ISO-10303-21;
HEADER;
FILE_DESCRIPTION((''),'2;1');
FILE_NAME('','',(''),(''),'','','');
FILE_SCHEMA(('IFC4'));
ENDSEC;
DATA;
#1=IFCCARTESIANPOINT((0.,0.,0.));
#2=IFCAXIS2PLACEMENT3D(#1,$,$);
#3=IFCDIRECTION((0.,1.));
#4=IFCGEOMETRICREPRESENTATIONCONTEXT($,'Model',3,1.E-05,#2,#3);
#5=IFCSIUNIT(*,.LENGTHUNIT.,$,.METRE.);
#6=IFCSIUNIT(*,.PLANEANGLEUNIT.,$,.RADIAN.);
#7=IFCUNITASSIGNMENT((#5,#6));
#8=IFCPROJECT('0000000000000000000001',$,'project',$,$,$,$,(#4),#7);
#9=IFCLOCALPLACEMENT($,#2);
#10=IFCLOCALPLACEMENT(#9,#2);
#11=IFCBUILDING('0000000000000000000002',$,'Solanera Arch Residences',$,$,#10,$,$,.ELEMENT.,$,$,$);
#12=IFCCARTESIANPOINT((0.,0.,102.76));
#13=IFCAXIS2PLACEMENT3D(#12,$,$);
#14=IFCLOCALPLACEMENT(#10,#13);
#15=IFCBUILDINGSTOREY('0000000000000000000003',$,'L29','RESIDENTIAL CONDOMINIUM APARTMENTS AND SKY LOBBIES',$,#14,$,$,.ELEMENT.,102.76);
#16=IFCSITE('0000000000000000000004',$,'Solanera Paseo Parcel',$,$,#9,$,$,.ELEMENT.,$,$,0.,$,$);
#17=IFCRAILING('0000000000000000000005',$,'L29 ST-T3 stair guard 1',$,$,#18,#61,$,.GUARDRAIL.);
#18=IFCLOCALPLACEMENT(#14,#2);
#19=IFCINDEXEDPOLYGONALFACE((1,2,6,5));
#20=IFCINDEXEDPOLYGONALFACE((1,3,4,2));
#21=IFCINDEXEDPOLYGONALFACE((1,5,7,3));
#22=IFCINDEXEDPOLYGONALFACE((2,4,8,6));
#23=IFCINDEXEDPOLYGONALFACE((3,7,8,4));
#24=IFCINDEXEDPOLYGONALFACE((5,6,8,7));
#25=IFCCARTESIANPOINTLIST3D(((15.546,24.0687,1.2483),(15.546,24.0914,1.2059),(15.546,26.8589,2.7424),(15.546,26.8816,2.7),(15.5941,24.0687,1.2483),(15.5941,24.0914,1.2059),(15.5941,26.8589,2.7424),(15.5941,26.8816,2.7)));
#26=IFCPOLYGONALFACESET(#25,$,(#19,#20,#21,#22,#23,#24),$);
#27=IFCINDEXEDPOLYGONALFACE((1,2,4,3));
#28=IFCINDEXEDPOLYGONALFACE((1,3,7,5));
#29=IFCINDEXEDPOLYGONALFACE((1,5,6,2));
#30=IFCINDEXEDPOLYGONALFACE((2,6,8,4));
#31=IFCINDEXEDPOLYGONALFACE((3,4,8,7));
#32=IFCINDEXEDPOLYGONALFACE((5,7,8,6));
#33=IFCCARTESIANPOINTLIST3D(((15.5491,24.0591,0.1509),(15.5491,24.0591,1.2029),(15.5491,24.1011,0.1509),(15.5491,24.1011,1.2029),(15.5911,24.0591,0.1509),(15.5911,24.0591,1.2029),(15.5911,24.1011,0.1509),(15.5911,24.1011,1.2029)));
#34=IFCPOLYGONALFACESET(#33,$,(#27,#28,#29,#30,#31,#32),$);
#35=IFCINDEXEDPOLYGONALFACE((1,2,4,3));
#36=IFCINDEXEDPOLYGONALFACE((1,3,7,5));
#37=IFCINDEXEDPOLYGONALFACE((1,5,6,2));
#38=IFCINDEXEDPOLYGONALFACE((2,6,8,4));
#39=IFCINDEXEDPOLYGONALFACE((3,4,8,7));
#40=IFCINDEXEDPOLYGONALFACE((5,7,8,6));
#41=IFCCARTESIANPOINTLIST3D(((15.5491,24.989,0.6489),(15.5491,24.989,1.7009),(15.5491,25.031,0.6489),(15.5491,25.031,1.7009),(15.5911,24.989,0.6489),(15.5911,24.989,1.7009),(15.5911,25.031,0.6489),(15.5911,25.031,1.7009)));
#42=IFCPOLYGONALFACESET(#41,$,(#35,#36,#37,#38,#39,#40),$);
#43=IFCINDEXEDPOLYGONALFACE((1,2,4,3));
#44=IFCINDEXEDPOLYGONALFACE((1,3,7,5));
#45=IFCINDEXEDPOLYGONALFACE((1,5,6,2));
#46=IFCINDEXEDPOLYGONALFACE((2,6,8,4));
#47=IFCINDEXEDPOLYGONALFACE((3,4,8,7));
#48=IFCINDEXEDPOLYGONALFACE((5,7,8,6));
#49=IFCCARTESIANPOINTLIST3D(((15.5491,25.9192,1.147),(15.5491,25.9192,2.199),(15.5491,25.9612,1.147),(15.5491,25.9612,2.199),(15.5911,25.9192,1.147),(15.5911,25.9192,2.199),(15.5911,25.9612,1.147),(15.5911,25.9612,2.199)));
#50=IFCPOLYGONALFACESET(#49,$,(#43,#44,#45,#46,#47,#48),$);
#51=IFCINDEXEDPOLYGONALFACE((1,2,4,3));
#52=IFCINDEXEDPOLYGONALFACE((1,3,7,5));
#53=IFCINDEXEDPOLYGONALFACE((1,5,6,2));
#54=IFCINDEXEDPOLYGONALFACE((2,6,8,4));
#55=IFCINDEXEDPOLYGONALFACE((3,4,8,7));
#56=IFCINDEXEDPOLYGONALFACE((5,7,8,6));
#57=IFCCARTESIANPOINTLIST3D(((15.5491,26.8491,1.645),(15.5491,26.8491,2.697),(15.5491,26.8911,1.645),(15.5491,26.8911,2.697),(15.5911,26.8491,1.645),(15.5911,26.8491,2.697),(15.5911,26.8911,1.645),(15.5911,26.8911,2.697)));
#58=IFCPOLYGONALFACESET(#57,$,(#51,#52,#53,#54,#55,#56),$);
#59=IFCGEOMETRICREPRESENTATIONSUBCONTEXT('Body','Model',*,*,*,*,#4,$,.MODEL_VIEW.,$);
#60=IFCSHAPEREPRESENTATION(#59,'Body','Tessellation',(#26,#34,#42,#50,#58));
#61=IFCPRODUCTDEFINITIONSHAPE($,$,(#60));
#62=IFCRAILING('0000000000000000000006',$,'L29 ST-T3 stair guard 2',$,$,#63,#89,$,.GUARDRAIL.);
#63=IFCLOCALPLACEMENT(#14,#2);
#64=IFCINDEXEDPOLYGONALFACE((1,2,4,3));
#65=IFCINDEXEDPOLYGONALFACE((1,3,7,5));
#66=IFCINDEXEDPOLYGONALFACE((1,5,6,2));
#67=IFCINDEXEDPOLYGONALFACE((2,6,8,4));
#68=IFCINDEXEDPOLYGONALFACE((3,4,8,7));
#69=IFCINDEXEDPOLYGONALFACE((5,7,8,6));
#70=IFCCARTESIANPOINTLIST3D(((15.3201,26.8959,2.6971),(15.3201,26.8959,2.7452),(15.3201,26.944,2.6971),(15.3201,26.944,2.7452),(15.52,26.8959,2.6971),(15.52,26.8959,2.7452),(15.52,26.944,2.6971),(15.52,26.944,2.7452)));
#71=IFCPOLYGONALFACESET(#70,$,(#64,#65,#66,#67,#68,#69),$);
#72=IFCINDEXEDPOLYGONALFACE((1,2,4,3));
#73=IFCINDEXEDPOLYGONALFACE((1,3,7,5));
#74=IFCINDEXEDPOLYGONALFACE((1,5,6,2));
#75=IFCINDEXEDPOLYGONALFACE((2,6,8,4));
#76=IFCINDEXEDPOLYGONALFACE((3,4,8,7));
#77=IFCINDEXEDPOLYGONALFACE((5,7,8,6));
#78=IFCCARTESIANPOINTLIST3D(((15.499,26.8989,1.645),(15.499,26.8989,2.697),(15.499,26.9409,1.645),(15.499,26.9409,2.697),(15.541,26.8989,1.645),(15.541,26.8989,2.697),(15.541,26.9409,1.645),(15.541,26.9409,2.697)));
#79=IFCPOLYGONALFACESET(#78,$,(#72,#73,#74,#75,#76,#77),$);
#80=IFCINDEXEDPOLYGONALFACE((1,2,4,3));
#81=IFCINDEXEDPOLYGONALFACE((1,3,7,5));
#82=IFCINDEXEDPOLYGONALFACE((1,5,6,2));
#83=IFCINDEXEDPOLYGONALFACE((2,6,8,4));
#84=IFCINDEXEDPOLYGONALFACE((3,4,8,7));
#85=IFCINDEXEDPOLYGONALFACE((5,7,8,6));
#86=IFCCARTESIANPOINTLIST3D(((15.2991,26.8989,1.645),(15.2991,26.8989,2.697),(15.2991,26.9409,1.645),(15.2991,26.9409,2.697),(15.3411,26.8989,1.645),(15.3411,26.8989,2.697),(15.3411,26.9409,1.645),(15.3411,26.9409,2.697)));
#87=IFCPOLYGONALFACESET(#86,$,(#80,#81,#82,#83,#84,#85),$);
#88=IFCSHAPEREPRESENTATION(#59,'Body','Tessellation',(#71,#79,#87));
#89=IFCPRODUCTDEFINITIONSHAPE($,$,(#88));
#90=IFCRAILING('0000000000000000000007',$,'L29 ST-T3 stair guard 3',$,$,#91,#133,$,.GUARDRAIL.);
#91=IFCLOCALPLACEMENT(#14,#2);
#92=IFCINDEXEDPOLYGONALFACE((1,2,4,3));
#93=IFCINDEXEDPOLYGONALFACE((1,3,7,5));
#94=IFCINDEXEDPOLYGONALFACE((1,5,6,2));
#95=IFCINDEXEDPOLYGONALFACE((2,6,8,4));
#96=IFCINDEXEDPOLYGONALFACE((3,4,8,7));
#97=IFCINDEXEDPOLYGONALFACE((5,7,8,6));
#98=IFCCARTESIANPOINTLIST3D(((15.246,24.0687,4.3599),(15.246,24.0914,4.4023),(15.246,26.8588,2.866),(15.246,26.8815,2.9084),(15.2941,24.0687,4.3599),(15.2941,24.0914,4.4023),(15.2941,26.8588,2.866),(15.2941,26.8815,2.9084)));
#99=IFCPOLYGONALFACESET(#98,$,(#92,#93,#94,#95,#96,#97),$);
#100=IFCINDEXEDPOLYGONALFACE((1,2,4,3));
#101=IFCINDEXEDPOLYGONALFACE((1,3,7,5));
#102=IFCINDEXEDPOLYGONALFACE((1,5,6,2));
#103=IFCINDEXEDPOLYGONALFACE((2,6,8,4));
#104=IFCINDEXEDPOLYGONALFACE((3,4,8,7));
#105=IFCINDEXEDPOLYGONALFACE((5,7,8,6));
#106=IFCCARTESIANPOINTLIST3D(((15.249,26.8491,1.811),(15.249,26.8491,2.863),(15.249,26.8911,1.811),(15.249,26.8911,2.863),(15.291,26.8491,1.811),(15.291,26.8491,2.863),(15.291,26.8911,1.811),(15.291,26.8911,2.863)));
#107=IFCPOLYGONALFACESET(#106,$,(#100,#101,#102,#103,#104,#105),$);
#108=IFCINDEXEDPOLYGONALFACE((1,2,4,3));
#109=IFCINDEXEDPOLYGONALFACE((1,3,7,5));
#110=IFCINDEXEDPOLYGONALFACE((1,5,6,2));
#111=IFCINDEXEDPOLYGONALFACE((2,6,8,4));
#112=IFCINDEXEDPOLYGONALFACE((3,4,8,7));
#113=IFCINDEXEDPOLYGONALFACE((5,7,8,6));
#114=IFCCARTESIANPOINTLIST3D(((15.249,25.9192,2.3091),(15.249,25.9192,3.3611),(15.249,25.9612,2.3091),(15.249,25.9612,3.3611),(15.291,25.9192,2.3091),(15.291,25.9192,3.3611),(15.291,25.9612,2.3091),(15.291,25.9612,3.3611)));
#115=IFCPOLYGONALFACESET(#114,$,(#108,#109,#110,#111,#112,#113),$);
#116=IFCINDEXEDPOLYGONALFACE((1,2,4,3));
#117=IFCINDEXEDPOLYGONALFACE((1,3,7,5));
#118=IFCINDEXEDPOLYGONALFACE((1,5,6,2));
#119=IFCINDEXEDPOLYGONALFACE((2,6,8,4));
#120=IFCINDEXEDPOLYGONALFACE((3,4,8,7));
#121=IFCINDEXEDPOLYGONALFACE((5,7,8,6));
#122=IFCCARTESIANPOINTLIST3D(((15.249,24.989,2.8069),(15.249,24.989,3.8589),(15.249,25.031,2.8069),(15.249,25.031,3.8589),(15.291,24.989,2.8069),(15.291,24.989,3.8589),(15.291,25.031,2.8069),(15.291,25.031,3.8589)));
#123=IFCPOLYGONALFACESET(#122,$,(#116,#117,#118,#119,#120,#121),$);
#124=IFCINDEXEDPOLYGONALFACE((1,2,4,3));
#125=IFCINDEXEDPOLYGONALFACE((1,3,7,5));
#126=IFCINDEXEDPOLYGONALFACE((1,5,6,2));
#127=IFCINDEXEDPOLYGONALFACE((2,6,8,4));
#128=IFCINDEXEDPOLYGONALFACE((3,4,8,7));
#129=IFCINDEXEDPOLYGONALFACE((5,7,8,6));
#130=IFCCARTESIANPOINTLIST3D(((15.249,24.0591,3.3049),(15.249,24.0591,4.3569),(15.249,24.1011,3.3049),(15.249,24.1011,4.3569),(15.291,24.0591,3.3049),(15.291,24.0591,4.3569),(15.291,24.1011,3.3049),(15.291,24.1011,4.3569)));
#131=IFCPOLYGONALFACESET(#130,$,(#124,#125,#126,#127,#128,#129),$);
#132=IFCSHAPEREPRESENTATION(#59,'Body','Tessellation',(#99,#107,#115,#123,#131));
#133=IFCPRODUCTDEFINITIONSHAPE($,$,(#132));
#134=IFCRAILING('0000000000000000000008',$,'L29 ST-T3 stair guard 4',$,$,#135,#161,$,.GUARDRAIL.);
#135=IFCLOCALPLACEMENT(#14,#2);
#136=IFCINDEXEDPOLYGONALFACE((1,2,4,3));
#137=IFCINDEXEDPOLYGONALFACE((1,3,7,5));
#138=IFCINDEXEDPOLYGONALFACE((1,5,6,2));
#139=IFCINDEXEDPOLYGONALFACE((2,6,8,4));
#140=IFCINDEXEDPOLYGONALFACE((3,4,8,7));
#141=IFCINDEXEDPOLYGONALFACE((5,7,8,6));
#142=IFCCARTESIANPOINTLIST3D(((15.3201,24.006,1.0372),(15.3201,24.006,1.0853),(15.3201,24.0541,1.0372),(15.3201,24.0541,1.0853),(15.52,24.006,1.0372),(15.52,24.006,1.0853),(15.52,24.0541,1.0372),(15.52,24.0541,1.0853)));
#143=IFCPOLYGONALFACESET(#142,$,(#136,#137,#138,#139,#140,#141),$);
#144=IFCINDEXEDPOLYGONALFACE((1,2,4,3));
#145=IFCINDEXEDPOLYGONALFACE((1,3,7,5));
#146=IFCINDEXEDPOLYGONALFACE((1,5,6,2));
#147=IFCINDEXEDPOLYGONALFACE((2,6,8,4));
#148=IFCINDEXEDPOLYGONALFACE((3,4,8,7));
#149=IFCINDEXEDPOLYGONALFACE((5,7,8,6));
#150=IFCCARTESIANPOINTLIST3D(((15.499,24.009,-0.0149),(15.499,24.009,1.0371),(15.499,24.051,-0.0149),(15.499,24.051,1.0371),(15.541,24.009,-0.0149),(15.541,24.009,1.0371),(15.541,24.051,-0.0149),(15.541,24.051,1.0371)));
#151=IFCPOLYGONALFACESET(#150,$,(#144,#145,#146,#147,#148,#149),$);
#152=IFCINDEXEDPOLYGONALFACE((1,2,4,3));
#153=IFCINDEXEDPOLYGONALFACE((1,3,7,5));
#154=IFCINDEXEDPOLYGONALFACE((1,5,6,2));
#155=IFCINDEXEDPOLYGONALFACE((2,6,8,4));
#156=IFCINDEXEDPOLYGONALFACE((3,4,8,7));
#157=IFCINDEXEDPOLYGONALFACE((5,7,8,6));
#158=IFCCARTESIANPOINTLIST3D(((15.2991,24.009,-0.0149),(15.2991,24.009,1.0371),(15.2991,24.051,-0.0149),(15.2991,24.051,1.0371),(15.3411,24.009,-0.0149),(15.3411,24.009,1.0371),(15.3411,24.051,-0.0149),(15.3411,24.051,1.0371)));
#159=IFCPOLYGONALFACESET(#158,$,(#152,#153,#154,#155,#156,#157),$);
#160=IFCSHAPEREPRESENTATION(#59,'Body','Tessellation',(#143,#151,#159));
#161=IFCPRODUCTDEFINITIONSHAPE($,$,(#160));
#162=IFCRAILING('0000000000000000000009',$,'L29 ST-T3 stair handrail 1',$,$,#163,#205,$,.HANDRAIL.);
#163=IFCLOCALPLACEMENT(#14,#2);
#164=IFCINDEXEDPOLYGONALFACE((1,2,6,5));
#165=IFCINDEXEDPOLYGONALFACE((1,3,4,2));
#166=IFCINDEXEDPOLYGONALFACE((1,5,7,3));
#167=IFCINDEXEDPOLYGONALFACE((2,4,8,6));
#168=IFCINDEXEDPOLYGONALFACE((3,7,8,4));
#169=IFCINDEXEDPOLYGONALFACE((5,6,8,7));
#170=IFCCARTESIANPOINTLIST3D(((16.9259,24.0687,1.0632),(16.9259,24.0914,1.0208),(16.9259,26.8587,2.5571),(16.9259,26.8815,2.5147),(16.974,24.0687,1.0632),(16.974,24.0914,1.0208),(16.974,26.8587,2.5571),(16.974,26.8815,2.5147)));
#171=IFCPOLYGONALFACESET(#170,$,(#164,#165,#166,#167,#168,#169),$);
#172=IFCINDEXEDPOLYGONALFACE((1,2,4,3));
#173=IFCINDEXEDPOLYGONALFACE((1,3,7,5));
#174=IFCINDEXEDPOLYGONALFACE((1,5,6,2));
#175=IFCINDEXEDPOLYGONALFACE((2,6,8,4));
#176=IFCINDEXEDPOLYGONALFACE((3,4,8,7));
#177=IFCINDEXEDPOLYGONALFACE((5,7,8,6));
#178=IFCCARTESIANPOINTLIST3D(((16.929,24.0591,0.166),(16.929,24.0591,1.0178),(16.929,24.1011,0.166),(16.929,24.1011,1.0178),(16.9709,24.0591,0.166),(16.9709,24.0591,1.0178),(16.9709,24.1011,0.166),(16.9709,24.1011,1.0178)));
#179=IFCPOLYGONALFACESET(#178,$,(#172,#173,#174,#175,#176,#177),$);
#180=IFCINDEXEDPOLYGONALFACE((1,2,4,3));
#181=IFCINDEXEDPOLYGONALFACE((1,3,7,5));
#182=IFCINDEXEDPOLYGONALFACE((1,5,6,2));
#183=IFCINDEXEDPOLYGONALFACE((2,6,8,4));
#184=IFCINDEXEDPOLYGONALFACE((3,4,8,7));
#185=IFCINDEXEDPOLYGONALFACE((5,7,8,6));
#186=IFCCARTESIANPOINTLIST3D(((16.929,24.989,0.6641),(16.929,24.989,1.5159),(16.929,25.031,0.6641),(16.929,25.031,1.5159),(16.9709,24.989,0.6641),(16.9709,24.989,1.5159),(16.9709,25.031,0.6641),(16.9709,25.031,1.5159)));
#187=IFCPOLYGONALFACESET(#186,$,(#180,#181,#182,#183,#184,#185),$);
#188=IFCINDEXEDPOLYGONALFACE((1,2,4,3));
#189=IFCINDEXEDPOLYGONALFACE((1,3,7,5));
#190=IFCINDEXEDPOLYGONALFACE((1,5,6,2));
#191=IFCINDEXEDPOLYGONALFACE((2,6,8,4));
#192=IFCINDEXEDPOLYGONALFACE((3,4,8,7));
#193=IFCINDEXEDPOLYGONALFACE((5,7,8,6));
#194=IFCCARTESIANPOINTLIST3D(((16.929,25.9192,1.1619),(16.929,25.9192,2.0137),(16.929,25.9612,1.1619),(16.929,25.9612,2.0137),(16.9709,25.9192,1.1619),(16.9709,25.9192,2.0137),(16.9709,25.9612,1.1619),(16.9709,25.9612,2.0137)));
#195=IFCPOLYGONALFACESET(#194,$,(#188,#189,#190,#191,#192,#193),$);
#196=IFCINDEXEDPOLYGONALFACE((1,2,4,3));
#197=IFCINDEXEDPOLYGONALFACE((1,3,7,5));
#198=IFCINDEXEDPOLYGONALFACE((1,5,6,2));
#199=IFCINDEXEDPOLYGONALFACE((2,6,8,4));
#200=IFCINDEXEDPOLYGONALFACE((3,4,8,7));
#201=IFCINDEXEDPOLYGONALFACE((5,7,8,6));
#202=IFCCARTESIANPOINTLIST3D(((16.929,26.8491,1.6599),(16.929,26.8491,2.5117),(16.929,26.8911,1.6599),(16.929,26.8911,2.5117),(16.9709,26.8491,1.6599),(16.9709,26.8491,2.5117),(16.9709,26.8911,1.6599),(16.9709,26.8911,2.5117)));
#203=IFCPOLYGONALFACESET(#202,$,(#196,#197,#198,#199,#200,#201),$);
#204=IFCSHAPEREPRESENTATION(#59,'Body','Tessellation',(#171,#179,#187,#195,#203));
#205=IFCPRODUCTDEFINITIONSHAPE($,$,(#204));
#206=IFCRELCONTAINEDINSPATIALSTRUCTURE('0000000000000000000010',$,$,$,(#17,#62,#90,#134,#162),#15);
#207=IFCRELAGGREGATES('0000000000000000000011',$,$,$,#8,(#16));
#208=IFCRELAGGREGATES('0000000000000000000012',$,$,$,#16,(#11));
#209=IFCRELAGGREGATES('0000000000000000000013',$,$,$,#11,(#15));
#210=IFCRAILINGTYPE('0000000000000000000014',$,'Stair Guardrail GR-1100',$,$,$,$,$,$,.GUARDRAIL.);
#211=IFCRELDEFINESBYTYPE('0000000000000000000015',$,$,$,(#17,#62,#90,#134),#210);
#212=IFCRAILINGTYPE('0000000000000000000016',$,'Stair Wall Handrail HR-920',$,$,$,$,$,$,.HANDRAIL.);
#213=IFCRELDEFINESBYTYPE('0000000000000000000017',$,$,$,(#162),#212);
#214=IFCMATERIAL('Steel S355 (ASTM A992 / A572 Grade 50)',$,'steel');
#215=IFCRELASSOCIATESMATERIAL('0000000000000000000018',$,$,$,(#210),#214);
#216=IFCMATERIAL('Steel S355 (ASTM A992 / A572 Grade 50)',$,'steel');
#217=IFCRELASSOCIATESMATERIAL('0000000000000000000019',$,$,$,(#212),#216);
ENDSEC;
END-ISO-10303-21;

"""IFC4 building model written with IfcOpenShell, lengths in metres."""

from ifc_helpers import new_model, si_unit, direction, frame, origin, origin_2d, place, context, subcontext, project, spatial, rectangle, extrude, material, type_object, element, save


model = new_model("IFC4")

# Units and contexts
model_context = context("Model", 3, precision=1e-05, world=origin(), true_north=direction((0.0, 1.0)))
body_context = subcontext(model_context, "Body", "Model", "MODEL_VIEW")
ifc_project = project(units=[si_unit("LENGTHUNIT", "METRE"), si_unit("PLANEANGLEUNIT", "RADIAN")], contexts=[model_context])

# Site, building, storey
site_placement = place(None, origin())
site = spatial("IfcSite", under=ifc_project, at=site_placement, Name="Solanera Paseo Parcel", CompositionType="ELEMENT", RefElevation=0.0)
building_placement = place(site_placement, origin())
building = spatial("IfcBuilding", under=site, at=building_placement, Name="Solanera Arch Residences", CompositionType="ELEMENT")
storey_placement = place(building_placement, frame((0.0, 0.0, 102.76)))
storey = spatial("IfcBuildingStorey", under=building, at=storey_placement, Name="L29", Description="RESIDENTIAL CONDOMINIUM APARTMENTS AND SKY LOBBIES", CompositionType="ELEMENT", Elevation=102.76)

# Railings
ifc_material_1 = material(Name="Steel S355 (ASTM A992 / A572 Grade 50)", Category="steel")
railing_type_1 = type_object("IfcRailingType", Name="Stair Guardrail GR-1100", PredefinedType="GUARDRAIL", material=ifc_material_1)
railing_1_placement = place(storey_placement, frame((15.5701, 24.0801, 0.1509)))
element("IfcRailing", 1, at=railing_1_placement, inside=storey, type_object=railing_type_1, Name="L29 ST-T3 stair guard 1", PredefinedType="GUARDRAIL", context=body_context, shape_type="SweptSolid", body=[
    extrude(rectangle(XDim=0.0481, YDim=0.0481, at=origin_2d()), frame((0.0, 0.0, 1.0762), z_axis=(0.0, 0.881549, 0.472093), x_axis=(-1.0, 0.0, 0.0)), (0.0, 0.0, 1.0), 3.165),
    extrude(rectangle(XDim=0.042, YDim=0.042, at=origin_2d()), origin(), (0.0, 0.0, 1.0), 1.052),
    extrude(rectangle(XDim=0.042, YDim=0.042, at=origin_2d()), frame((0.0, 0.9299, 0.498)), (0.0, 0.0, 1.0), 1.052),
    extrude(rectangle(XDim=0.042, YDim=0.042, at=origin_2d()), frame((0.0, 1.8601, 0.9961)), (0.0, 0.0, 1.0), 1.052),
    extrude(rectangle(XDim=0.042, YDim=0.042, at=origin_2d()), frame((0.0, 2.79, 1.4941)), (0.0, 0.0, 1.0), 1.052),
])
railing_2_placement = place(storey_placement, frame((15.52, 26.9199, 1.645)))
element("IfcRailing", 2, at=railing_2_placement, inside=storey, type_object=railing_type_1, Name="L29 ST-T3 stair guard 2", PredefinedType="GUARDRAIL", context=body_context, shape_type="SweptSolid", body=[
    extrude(rectangle(XDim=0.0481, YDim=0.0481, at=origin_2d()), frame((0.0, 0.0, 1.0762), z_axis=(-1.0, 0.0, 0.0), x_axis=(0.0, -1.0, 0.0)), (0.0, 0.0, 1.0), 0.2),
    extrude(rectangle(XDim=0.042, YDim=0.042, at=origin_2d()), origin(), (0.0, 0.0, 1.0), 1.052),
    extrude(rectangle(XDim=0.042, YDim=0.042, at=origin_2d()), frame((-0.2, 0.0, 0.0)), (0.0, 0.0, 1.0), 1.052),
])
railing_3_placement = place(storey_placement, frame((15.27, 26.8701, 1.811)))
element("IfcRailing", 3, at=railing_3_placement, inside=storey, type_object=railing_type_1, Name="L29 ST-T3 stair guard 3", PredefinedType="GUARDRAIL", context=body_context, shape_type="SweptSolid", body=[
    extrude(rectangle(XDim=0.0481, YDim=0.0481, at=origin_2d()), frame((0.0, 0.0, 1.0762), z_axis=(0.0, -0.881581, 0.472033), x_axis=(1.0, 0.0, 0.0)), (0.0, 0.0, 1.0), 3.1648),
    extrude(rectangle(XDim=0.042, YDim=0.042, at=origin_2d()), origin(), (0.0, 0.0, 1.0), 1.052),
    extrude(rectangle(XDim=0.042, YDim=0.042, at=origin_2d()), frame((0.0, -0.9299, 0.498)), (0.0, 0.0, 1.0), 1.052),
    extrude(rectangle(XDim=0.042, YDim=0.042, at=origin_2d()), frame((0.0, -1.8601, 0.9958)), (0.0, 0.0, 1.0), 1.052),
    extrude(rectangle(XDim=0.042, YDim=0.042, at=origin_2d()), frame((0.0, -2.79, 1.4939)), (0.0, 0.0, 1.0), 1.052),
])
railing_4_placement = place(storey_placement, frame((15.52, 24.03, -0.0149)))
element("IfcRailing", 4, at=railing_4_placement, inside=storey, type_object=railing_type_1, Name="L29 ST-T3 stair guard 4", PredefinedType="GUARDRAIL", context=body_context, shape_type="SweptSolid", body=[
    extrude(rectangle(XDim=0.0481, YDim=0.0481, at=origin_2d()), frame((0.0, 0.0, 1.0762), z_axis=(-1.0, 0.0, 0.0), x_axis=(0.0, -1.0, 0.0)), (0.0, 0.0, 1.0), 0.2),
    extrude(rectangle(XDim=0.042, YDim=0.042, at=origin_2d()), origin(), (0.0, 0.0, 1.0), 1.052),
    extrude(rectangle(XDim=0.042, YDim=0.042, at=origin_2d()), frame((-0.2, 0.0, 0.0)), (0.0, 0.0, 1.0), 1.052),
])
ifc_material_2 = material(Name="Steel S355 (ASTM A992 / A572 Grade 50)", Category="steel")
railing_type_2 = type_object("IfcRailingType", Name="Stair Wall Handrail HR-920", PredefinedType="HANDRAIL", material=ifc_material_2)
railing_5_placement = place(storey_placement, frame((16.95, 24.0801, 0.166)))
element("IfcRailing", 5, at=railing_5_placement, inside=storey, type_object=railing_type_2, Name="L29 ST-T3 stair handrail 1", PredefinedType="HANDRAIL", context=body_context, shape_type="SweptSolid", body=[
    extrude(rectangle(XDim=0.0481, YDim=0.0481, at=origin_2d()), frame((0.0, 0.0, 0.876), z_axis=(0.0, 0.881581, 0.472033), x_axis=(-1.0, 0.0, 0.0)), (0.0, 0.0, 1.0), 3.1648),
    extrude(rectangle(XDim=0.042, YDim=0.042, at=origin_2d()), origin(), (0.0, 0.0, 1.0), 0.8518),
    extrude(rectangle(XDim=0.042, YDim=0.042, at=origin_2d()), frame((0.0, 0.9299, 0.498)), (0.0, 0.0, 1.0), 0.8518),
    extrude(rectangle(XDim=0.042, YDim=0.042, at=origin_2d()), frame((0.0, 1.8601, 0.9958)), (0.0, 0.0, 1.0), 0.8518),
    extrude(rectangle(XDim=0.042, YDim=0.042, at=origin_2d()), frame((0.0, 2.79, 1.4939)), (0.0, 0.0, 1.0), 0.8518),
])

save(model, "model.ifc")
